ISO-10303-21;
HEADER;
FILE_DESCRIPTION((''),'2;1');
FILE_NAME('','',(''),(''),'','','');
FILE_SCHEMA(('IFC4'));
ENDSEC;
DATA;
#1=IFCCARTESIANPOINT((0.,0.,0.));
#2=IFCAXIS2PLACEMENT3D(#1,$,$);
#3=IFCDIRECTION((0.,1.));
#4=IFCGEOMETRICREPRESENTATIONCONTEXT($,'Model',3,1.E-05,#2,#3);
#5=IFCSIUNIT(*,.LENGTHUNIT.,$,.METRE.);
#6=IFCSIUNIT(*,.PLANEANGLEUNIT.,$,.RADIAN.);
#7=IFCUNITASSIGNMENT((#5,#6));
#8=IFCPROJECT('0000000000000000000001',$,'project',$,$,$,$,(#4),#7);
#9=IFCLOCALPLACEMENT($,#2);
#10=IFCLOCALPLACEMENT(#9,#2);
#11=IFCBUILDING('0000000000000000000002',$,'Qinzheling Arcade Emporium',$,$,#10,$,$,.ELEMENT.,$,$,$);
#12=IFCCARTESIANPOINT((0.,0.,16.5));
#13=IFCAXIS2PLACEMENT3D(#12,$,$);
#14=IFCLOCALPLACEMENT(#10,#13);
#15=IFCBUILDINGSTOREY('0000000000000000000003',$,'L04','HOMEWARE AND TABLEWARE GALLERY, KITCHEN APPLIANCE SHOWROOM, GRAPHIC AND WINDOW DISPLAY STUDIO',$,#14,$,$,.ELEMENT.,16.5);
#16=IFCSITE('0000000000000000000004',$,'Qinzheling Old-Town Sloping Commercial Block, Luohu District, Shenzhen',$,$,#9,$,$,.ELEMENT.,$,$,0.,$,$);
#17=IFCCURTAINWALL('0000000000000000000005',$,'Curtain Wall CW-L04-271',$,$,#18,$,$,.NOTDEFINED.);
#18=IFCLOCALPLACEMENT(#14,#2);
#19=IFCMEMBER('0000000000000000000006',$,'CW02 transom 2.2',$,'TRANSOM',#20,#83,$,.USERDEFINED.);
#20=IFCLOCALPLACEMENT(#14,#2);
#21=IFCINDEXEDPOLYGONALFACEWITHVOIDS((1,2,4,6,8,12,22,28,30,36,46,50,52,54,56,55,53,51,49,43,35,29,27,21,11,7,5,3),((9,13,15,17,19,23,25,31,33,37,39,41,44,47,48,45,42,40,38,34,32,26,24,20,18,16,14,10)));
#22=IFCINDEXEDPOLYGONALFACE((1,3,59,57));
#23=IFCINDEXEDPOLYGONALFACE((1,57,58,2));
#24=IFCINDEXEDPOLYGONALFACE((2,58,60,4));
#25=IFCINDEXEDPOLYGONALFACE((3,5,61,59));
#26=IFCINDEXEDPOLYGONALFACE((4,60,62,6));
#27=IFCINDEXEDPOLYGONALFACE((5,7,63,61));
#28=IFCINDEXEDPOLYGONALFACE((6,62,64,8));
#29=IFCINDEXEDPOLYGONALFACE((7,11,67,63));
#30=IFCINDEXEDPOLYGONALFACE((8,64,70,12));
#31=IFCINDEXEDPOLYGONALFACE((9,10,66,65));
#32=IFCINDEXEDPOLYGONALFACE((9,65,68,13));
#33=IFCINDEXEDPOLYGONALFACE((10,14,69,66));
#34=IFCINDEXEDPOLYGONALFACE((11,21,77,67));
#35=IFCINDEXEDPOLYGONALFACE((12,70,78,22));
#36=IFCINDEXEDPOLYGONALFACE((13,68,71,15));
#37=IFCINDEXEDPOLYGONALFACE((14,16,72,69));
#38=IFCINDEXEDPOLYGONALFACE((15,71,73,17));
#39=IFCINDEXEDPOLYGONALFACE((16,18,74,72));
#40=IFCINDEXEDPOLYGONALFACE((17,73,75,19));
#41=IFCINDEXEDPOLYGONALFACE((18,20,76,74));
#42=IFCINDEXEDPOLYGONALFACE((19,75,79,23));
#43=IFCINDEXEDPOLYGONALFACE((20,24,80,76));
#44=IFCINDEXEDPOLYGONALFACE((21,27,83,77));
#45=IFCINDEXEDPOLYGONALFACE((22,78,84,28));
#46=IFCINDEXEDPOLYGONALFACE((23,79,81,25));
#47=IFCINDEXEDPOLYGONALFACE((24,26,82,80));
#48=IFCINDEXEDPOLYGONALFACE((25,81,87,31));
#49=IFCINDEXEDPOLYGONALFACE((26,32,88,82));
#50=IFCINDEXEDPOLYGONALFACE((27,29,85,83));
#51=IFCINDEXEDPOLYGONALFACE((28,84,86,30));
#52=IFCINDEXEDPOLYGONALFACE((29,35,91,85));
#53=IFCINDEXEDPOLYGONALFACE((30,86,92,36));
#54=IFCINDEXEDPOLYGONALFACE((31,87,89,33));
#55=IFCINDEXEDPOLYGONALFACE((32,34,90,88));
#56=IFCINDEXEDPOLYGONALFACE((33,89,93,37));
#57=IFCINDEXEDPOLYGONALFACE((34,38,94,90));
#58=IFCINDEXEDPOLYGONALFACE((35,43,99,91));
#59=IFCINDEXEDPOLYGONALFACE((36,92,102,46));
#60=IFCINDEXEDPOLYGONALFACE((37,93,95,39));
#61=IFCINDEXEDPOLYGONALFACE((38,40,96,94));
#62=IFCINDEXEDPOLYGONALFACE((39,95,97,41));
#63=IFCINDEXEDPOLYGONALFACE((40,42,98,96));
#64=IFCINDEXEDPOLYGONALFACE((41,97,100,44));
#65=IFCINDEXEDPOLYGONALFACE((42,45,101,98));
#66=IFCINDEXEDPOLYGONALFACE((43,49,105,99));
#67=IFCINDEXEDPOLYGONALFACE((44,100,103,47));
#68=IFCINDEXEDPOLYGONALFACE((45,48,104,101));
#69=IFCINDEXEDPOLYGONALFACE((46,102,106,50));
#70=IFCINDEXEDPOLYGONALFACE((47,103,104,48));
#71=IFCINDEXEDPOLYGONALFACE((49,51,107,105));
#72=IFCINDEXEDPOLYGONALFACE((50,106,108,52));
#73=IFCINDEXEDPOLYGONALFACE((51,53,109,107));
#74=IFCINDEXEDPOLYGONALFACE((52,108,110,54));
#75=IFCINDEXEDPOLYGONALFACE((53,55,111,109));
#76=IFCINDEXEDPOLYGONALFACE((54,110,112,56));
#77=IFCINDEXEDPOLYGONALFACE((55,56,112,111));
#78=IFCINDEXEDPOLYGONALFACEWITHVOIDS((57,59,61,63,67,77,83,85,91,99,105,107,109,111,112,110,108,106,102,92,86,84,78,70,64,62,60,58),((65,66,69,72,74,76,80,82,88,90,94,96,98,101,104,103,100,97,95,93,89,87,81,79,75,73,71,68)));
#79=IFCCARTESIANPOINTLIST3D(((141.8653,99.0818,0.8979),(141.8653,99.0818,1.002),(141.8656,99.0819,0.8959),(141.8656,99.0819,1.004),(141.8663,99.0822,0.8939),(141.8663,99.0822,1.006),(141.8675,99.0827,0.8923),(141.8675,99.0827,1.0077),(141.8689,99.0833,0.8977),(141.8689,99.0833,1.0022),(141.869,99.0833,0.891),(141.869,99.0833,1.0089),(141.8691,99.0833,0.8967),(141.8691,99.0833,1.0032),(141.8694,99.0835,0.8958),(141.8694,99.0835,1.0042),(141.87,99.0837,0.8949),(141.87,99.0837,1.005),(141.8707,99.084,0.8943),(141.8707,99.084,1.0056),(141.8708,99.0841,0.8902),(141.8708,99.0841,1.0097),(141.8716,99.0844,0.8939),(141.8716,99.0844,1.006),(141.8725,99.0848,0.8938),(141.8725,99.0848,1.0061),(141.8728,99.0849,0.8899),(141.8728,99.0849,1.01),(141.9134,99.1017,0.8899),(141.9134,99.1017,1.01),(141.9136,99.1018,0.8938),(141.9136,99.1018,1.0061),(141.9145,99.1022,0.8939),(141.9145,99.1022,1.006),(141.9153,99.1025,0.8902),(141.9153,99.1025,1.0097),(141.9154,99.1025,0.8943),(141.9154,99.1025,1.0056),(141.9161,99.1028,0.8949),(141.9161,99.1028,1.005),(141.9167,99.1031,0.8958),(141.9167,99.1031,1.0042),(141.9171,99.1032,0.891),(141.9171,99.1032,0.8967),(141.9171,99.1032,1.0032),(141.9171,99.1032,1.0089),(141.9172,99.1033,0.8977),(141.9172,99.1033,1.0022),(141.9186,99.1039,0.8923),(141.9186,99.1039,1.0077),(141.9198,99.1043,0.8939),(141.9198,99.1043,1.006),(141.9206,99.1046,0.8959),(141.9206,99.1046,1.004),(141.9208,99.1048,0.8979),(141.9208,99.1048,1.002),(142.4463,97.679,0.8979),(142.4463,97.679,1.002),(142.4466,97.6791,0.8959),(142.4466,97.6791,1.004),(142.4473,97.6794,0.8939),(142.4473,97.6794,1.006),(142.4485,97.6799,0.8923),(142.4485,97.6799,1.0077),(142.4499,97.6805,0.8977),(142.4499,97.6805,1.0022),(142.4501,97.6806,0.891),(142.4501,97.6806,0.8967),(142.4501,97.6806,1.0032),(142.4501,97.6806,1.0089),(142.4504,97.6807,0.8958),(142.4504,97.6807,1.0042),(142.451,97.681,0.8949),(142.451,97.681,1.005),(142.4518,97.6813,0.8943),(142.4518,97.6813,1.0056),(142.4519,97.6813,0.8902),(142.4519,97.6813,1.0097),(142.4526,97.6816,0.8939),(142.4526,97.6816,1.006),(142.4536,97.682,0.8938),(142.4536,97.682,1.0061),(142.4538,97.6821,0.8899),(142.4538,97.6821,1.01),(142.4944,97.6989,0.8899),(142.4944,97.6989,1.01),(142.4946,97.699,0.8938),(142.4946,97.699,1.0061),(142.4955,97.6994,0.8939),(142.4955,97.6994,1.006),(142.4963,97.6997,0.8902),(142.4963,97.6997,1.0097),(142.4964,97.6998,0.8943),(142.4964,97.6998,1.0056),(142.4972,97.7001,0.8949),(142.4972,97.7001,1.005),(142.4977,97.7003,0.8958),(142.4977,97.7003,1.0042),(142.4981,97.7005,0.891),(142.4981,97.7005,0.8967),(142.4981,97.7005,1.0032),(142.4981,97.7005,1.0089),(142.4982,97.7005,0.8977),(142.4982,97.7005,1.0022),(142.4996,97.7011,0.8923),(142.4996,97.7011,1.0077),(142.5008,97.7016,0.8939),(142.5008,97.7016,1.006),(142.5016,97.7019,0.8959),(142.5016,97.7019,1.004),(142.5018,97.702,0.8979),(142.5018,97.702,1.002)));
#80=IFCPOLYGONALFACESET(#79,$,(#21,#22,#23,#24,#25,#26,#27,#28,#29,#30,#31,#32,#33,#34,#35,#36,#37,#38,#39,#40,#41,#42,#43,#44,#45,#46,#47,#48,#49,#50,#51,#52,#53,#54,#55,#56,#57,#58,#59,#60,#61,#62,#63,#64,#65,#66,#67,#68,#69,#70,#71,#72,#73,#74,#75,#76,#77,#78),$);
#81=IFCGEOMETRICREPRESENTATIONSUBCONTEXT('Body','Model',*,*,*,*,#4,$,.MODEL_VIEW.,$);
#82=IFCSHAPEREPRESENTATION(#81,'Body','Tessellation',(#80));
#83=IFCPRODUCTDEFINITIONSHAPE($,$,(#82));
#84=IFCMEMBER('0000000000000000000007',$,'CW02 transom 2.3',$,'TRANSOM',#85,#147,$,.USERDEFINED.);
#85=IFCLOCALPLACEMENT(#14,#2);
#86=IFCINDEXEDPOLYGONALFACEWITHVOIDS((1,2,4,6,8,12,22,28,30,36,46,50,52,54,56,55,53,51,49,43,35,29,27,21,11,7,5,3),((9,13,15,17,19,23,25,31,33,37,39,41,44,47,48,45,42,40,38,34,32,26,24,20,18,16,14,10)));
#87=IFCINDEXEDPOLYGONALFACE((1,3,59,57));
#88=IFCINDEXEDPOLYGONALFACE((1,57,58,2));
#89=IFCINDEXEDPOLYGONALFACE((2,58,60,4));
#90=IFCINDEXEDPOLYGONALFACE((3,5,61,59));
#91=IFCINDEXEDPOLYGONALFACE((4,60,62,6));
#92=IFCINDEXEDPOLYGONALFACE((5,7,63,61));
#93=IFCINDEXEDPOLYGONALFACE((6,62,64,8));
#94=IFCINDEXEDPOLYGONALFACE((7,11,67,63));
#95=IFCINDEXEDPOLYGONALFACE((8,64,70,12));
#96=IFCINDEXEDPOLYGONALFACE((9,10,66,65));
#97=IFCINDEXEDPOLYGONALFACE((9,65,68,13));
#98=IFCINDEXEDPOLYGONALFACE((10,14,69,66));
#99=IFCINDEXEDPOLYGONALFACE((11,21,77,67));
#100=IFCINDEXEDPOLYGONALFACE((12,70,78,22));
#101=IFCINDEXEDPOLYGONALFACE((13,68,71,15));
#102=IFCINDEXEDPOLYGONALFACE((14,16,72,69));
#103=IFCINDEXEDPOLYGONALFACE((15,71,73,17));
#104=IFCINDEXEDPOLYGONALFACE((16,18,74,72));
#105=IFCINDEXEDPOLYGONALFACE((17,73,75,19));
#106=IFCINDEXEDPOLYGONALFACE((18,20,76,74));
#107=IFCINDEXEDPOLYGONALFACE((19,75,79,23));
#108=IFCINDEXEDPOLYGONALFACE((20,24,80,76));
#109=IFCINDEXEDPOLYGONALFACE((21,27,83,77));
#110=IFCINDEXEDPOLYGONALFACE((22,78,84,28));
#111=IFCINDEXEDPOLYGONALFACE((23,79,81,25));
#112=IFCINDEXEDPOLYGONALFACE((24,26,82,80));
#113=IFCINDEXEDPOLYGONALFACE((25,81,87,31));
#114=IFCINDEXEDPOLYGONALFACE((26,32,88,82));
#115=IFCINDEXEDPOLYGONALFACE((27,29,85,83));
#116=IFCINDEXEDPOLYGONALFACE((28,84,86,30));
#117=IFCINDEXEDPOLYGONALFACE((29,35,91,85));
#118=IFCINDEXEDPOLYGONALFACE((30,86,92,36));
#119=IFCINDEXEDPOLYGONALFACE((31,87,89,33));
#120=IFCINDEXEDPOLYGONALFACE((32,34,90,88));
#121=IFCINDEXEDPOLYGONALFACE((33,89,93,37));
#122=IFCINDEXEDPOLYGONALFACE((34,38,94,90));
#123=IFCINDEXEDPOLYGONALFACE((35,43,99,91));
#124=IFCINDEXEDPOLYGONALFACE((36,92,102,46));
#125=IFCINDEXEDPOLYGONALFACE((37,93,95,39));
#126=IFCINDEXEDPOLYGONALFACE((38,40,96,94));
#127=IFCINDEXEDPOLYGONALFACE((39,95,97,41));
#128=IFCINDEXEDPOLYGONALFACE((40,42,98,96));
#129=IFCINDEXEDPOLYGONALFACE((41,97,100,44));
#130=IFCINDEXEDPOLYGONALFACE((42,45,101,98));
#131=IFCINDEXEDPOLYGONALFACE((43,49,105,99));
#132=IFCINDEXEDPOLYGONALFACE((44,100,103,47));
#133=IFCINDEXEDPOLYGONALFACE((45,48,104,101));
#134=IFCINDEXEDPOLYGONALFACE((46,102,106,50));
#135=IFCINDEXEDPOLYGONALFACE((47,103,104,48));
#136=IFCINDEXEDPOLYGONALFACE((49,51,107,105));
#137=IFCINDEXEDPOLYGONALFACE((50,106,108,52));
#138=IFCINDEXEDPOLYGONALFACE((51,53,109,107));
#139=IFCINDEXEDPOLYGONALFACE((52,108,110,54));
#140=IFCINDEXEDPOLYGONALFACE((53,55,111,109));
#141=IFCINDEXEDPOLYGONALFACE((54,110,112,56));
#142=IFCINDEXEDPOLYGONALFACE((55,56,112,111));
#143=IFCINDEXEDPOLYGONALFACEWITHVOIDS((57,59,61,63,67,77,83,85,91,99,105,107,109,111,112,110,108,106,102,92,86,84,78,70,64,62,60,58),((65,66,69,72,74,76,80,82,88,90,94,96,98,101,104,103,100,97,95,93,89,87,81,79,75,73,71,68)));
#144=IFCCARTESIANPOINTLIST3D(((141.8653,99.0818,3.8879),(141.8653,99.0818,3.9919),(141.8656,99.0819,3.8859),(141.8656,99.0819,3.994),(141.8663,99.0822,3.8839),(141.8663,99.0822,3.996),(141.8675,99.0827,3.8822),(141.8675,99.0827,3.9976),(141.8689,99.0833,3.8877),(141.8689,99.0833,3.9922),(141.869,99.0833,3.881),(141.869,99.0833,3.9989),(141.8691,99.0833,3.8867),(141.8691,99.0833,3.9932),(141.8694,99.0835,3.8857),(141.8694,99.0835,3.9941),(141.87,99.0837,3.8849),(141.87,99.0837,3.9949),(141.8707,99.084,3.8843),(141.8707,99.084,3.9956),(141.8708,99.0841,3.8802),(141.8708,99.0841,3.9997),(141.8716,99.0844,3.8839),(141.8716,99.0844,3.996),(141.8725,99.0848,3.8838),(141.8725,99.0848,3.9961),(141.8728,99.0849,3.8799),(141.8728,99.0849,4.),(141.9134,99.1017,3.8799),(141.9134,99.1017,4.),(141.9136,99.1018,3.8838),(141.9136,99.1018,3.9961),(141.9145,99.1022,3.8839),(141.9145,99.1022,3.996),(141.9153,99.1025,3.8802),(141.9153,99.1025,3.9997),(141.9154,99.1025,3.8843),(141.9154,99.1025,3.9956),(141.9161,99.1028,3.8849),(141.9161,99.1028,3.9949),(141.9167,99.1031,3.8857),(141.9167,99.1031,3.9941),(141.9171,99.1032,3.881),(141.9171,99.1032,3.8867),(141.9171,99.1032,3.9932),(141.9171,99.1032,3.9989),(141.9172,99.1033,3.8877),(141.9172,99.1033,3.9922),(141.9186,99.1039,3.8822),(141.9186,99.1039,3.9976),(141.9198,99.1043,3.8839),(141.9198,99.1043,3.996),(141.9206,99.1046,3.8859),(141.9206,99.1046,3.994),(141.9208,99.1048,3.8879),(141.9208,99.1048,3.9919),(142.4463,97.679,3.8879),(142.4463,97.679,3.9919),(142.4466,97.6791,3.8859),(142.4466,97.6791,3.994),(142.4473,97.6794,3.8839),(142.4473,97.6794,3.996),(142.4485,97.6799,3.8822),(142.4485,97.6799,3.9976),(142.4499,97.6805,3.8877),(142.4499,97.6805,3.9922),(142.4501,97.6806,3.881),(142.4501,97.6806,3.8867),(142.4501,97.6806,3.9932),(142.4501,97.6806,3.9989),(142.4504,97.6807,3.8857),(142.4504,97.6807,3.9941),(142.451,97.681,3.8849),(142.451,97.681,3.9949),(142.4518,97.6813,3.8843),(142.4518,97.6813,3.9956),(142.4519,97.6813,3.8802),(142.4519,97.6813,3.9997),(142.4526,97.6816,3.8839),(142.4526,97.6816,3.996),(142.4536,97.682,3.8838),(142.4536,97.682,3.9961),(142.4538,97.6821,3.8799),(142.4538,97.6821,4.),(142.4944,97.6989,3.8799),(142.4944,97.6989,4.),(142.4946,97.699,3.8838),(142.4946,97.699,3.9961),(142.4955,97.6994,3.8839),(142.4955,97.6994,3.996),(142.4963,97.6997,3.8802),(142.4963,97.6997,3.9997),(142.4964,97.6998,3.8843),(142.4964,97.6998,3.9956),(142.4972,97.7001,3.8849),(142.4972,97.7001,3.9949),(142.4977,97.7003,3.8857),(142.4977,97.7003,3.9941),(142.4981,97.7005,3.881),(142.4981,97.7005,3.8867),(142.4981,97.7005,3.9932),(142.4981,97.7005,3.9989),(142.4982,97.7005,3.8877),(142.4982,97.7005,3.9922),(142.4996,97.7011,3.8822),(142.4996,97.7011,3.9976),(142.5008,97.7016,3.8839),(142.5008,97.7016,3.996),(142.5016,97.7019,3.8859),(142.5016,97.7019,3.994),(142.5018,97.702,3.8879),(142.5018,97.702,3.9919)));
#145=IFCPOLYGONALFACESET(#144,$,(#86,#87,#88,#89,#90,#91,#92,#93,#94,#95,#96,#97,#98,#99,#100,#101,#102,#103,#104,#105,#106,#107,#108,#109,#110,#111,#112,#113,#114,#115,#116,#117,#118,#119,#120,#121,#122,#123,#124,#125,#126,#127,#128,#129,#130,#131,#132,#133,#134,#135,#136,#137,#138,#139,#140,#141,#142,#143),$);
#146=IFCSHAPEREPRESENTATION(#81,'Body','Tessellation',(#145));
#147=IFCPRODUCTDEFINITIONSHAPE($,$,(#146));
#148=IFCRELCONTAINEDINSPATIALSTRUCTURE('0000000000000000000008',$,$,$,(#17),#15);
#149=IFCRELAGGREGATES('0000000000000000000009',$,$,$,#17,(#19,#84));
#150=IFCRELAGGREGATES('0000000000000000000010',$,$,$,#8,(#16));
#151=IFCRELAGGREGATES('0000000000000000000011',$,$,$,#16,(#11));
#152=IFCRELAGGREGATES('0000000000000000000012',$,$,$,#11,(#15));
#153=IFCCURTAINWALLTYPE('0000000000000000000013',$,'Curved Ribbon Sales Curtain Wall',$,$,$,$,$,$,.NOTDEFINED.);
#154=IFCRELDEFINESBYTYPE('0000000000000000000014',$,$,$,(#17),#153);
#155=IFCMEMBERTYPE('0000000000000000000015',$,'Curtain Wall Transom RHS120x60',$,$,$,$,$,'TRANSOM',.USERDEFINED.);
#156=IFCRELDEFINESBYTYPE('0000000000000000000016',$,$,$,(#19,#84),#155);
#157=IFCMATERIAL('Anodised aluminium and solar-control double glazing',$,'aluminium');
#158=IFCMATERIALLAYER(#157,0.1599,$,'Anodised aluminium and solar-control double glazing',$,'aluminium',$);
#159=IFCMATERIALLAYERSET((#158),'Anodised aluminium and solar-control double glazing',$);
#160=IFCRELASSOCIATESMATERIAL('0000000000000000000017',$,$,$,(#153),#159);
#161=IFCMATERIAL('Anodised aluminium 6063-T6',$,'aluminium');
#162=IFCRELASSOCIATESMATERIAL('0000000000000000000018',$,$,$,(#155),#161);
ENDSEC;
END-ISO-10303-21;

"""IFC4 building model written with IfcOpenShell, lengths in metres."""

from ifc_helpers import new_model, si_unit, direction, frame, origin, origin_2d, place, context, subcontext, project, spatial, hollow_rectangle, extrude, material, layer, layer_set, material_profile, profile_set, type_object, element, aggregate, save


model = new_model("IFC4")

# Units and contexts
model_context = context("Model", 3, precision=1e-05, world=origin(), true_north=direction((0.0, 1.0)))
body_context = subcontext(model_context, "Body", "Model", "MODEL_VIEW")
ifc_project = project(units=[si_unit("LENGTHUNIT", "METRE"), si_unit("PLANEANGLEUNIT", "RADIAN")], contexts=[model_context])

# Site, building, storey
site_placement = place(None, origin())
site = spatial("IfcSite", under=ifc_project, at=site_placement, Name="Qinzheling Old-Town Sloping Commercial Block, Luohu District, Shenzhen", CompositionType="ELEMENT", RefElevation=0.0)
building_placement = place(site_placement, origin())
building = spatial("IfcBuilding", under=site, at=building_placement, Name="Qinzheling Arcade Emporium", CompositionType="ELEMENT")
storey_placement = place(building_placement, frame((0.0, 0.0, 16.5)))
storey = spatial("IfcBuildingStorey", under=building, at=storey_placement, Name="L04", Description="HOMEWARE AND TABLEWARE GALLERY, KITCHEN APPLIANCE SHOWROOM, GRAPHIC AND WINDOW DISPLAY STUDIO", CompositionType="ELEMENT", Elevation=16.5)

# Shared definitions
ifc_material_1 = material(Name="Anodised aluminium and solar-control double glazing", Category="aluminium")
ifc_layer_1 = layer(ifc_material_1, 0.1599, Name="Anodised aluminium and solar-control double glazing", Category="aluminium")
ifc_layer_set_1 = layer_set([ifc_layer_1], Name="Anodised aluminium and solar-control double glazing")
curtain_wall_type = type_object("IfcCurtainWallType", Name="Curved Ribbon Sales Curtain Wall", PredefinedType="NOTDEFINED", material=ifc_layer_set_1)
ifc_material_2 = material(Name="Anodised aluminium 6063-T6", Category="aluminium")

# Curtain wall
curtain_wall_1_placement = place(storey_placement, origin())
curtain_wall_1 = element("IfcCurtainWall", 1, at=curtain_wall_1_placement, inside=storey, type_object=curtain_wall_type, Name="Curtain Wall CW-L04-271", PredefinedType="NOTDEFINED")

# Members
ifc_material_profile_1 = material_profile(ifc_material_2, hollow_rectangle(XDim=0.0601, YDim=0.1201, WallThickness=0.0039, InnerFilletRadius=0.0039, OuterFilletRadius=0.0081, at=origin_2d()), Name="RHS 120x60x4", Category="aluminium")
ifc_profile_set_1 = profile_set([ifc_material_profile_1], Name="Anodised aluminium 6063-T6")
member_type_1 = type_object("IfcMemberType", Name="Curtain Wall Transom RHS120x60", ElementType="TRANSOM", PredefinedType="USERDEFINED", material=ifc_profile_set_1)
member_1_placement = place(storey_placement, frame((141.8931, 99.0933, 0.95), z_axis=(0.382674, -0.923884, 0.0), x_axis=(0.923884, 0.382674, 0.0)))
member_1 = element("IfcMember", 2, at=member_1_placement, type_object=member_type_1, Name="CW02 transom 2.2", ObjectType="TRANSOM", PredefinedType="USERDEFINED", context=body_context, shape_type="SweptSolid", body=[
    extrude(hollow_rectangle(XDim=0.0601, YDim=0.1201, WallThickness=0.0039, InnerFilletRadius=0.0039, OuterFilletRadius=0.0081, at=origin_2d()), origin(), (0.0, 0.0, 1.0), 1.5183),
])
member_2_placement = place(storey_placement, frame((141.8931, 99.0933, 3.9399), z_axis=(0.382674, -0.923884, 0.0), x_axis=(0.923884, 0.382674, 0.0)))
member_2 = element("IfcMember", 3, at=member_2_placement, type_object=member_type_1, Name="CW02 transom 2.3", ObjectType="TRANSOM", PredefinedType="USERDEFINED", context=body_context, shape_type="SweptSolid", body=[
    extrude(hollow_rectangle(XDim=0.0601, YDim=0.1201, WallThickness=0.0039, InnerFilletRadius=0.0039, OuterFilletRadius=0.0081, at=origin_2d()), origin(), (0.0, 0.0, 1.0), 1.5183),
])

aggregate(curtain_wall_1, [member_1, member_2])

save(model, "model.ifc")
